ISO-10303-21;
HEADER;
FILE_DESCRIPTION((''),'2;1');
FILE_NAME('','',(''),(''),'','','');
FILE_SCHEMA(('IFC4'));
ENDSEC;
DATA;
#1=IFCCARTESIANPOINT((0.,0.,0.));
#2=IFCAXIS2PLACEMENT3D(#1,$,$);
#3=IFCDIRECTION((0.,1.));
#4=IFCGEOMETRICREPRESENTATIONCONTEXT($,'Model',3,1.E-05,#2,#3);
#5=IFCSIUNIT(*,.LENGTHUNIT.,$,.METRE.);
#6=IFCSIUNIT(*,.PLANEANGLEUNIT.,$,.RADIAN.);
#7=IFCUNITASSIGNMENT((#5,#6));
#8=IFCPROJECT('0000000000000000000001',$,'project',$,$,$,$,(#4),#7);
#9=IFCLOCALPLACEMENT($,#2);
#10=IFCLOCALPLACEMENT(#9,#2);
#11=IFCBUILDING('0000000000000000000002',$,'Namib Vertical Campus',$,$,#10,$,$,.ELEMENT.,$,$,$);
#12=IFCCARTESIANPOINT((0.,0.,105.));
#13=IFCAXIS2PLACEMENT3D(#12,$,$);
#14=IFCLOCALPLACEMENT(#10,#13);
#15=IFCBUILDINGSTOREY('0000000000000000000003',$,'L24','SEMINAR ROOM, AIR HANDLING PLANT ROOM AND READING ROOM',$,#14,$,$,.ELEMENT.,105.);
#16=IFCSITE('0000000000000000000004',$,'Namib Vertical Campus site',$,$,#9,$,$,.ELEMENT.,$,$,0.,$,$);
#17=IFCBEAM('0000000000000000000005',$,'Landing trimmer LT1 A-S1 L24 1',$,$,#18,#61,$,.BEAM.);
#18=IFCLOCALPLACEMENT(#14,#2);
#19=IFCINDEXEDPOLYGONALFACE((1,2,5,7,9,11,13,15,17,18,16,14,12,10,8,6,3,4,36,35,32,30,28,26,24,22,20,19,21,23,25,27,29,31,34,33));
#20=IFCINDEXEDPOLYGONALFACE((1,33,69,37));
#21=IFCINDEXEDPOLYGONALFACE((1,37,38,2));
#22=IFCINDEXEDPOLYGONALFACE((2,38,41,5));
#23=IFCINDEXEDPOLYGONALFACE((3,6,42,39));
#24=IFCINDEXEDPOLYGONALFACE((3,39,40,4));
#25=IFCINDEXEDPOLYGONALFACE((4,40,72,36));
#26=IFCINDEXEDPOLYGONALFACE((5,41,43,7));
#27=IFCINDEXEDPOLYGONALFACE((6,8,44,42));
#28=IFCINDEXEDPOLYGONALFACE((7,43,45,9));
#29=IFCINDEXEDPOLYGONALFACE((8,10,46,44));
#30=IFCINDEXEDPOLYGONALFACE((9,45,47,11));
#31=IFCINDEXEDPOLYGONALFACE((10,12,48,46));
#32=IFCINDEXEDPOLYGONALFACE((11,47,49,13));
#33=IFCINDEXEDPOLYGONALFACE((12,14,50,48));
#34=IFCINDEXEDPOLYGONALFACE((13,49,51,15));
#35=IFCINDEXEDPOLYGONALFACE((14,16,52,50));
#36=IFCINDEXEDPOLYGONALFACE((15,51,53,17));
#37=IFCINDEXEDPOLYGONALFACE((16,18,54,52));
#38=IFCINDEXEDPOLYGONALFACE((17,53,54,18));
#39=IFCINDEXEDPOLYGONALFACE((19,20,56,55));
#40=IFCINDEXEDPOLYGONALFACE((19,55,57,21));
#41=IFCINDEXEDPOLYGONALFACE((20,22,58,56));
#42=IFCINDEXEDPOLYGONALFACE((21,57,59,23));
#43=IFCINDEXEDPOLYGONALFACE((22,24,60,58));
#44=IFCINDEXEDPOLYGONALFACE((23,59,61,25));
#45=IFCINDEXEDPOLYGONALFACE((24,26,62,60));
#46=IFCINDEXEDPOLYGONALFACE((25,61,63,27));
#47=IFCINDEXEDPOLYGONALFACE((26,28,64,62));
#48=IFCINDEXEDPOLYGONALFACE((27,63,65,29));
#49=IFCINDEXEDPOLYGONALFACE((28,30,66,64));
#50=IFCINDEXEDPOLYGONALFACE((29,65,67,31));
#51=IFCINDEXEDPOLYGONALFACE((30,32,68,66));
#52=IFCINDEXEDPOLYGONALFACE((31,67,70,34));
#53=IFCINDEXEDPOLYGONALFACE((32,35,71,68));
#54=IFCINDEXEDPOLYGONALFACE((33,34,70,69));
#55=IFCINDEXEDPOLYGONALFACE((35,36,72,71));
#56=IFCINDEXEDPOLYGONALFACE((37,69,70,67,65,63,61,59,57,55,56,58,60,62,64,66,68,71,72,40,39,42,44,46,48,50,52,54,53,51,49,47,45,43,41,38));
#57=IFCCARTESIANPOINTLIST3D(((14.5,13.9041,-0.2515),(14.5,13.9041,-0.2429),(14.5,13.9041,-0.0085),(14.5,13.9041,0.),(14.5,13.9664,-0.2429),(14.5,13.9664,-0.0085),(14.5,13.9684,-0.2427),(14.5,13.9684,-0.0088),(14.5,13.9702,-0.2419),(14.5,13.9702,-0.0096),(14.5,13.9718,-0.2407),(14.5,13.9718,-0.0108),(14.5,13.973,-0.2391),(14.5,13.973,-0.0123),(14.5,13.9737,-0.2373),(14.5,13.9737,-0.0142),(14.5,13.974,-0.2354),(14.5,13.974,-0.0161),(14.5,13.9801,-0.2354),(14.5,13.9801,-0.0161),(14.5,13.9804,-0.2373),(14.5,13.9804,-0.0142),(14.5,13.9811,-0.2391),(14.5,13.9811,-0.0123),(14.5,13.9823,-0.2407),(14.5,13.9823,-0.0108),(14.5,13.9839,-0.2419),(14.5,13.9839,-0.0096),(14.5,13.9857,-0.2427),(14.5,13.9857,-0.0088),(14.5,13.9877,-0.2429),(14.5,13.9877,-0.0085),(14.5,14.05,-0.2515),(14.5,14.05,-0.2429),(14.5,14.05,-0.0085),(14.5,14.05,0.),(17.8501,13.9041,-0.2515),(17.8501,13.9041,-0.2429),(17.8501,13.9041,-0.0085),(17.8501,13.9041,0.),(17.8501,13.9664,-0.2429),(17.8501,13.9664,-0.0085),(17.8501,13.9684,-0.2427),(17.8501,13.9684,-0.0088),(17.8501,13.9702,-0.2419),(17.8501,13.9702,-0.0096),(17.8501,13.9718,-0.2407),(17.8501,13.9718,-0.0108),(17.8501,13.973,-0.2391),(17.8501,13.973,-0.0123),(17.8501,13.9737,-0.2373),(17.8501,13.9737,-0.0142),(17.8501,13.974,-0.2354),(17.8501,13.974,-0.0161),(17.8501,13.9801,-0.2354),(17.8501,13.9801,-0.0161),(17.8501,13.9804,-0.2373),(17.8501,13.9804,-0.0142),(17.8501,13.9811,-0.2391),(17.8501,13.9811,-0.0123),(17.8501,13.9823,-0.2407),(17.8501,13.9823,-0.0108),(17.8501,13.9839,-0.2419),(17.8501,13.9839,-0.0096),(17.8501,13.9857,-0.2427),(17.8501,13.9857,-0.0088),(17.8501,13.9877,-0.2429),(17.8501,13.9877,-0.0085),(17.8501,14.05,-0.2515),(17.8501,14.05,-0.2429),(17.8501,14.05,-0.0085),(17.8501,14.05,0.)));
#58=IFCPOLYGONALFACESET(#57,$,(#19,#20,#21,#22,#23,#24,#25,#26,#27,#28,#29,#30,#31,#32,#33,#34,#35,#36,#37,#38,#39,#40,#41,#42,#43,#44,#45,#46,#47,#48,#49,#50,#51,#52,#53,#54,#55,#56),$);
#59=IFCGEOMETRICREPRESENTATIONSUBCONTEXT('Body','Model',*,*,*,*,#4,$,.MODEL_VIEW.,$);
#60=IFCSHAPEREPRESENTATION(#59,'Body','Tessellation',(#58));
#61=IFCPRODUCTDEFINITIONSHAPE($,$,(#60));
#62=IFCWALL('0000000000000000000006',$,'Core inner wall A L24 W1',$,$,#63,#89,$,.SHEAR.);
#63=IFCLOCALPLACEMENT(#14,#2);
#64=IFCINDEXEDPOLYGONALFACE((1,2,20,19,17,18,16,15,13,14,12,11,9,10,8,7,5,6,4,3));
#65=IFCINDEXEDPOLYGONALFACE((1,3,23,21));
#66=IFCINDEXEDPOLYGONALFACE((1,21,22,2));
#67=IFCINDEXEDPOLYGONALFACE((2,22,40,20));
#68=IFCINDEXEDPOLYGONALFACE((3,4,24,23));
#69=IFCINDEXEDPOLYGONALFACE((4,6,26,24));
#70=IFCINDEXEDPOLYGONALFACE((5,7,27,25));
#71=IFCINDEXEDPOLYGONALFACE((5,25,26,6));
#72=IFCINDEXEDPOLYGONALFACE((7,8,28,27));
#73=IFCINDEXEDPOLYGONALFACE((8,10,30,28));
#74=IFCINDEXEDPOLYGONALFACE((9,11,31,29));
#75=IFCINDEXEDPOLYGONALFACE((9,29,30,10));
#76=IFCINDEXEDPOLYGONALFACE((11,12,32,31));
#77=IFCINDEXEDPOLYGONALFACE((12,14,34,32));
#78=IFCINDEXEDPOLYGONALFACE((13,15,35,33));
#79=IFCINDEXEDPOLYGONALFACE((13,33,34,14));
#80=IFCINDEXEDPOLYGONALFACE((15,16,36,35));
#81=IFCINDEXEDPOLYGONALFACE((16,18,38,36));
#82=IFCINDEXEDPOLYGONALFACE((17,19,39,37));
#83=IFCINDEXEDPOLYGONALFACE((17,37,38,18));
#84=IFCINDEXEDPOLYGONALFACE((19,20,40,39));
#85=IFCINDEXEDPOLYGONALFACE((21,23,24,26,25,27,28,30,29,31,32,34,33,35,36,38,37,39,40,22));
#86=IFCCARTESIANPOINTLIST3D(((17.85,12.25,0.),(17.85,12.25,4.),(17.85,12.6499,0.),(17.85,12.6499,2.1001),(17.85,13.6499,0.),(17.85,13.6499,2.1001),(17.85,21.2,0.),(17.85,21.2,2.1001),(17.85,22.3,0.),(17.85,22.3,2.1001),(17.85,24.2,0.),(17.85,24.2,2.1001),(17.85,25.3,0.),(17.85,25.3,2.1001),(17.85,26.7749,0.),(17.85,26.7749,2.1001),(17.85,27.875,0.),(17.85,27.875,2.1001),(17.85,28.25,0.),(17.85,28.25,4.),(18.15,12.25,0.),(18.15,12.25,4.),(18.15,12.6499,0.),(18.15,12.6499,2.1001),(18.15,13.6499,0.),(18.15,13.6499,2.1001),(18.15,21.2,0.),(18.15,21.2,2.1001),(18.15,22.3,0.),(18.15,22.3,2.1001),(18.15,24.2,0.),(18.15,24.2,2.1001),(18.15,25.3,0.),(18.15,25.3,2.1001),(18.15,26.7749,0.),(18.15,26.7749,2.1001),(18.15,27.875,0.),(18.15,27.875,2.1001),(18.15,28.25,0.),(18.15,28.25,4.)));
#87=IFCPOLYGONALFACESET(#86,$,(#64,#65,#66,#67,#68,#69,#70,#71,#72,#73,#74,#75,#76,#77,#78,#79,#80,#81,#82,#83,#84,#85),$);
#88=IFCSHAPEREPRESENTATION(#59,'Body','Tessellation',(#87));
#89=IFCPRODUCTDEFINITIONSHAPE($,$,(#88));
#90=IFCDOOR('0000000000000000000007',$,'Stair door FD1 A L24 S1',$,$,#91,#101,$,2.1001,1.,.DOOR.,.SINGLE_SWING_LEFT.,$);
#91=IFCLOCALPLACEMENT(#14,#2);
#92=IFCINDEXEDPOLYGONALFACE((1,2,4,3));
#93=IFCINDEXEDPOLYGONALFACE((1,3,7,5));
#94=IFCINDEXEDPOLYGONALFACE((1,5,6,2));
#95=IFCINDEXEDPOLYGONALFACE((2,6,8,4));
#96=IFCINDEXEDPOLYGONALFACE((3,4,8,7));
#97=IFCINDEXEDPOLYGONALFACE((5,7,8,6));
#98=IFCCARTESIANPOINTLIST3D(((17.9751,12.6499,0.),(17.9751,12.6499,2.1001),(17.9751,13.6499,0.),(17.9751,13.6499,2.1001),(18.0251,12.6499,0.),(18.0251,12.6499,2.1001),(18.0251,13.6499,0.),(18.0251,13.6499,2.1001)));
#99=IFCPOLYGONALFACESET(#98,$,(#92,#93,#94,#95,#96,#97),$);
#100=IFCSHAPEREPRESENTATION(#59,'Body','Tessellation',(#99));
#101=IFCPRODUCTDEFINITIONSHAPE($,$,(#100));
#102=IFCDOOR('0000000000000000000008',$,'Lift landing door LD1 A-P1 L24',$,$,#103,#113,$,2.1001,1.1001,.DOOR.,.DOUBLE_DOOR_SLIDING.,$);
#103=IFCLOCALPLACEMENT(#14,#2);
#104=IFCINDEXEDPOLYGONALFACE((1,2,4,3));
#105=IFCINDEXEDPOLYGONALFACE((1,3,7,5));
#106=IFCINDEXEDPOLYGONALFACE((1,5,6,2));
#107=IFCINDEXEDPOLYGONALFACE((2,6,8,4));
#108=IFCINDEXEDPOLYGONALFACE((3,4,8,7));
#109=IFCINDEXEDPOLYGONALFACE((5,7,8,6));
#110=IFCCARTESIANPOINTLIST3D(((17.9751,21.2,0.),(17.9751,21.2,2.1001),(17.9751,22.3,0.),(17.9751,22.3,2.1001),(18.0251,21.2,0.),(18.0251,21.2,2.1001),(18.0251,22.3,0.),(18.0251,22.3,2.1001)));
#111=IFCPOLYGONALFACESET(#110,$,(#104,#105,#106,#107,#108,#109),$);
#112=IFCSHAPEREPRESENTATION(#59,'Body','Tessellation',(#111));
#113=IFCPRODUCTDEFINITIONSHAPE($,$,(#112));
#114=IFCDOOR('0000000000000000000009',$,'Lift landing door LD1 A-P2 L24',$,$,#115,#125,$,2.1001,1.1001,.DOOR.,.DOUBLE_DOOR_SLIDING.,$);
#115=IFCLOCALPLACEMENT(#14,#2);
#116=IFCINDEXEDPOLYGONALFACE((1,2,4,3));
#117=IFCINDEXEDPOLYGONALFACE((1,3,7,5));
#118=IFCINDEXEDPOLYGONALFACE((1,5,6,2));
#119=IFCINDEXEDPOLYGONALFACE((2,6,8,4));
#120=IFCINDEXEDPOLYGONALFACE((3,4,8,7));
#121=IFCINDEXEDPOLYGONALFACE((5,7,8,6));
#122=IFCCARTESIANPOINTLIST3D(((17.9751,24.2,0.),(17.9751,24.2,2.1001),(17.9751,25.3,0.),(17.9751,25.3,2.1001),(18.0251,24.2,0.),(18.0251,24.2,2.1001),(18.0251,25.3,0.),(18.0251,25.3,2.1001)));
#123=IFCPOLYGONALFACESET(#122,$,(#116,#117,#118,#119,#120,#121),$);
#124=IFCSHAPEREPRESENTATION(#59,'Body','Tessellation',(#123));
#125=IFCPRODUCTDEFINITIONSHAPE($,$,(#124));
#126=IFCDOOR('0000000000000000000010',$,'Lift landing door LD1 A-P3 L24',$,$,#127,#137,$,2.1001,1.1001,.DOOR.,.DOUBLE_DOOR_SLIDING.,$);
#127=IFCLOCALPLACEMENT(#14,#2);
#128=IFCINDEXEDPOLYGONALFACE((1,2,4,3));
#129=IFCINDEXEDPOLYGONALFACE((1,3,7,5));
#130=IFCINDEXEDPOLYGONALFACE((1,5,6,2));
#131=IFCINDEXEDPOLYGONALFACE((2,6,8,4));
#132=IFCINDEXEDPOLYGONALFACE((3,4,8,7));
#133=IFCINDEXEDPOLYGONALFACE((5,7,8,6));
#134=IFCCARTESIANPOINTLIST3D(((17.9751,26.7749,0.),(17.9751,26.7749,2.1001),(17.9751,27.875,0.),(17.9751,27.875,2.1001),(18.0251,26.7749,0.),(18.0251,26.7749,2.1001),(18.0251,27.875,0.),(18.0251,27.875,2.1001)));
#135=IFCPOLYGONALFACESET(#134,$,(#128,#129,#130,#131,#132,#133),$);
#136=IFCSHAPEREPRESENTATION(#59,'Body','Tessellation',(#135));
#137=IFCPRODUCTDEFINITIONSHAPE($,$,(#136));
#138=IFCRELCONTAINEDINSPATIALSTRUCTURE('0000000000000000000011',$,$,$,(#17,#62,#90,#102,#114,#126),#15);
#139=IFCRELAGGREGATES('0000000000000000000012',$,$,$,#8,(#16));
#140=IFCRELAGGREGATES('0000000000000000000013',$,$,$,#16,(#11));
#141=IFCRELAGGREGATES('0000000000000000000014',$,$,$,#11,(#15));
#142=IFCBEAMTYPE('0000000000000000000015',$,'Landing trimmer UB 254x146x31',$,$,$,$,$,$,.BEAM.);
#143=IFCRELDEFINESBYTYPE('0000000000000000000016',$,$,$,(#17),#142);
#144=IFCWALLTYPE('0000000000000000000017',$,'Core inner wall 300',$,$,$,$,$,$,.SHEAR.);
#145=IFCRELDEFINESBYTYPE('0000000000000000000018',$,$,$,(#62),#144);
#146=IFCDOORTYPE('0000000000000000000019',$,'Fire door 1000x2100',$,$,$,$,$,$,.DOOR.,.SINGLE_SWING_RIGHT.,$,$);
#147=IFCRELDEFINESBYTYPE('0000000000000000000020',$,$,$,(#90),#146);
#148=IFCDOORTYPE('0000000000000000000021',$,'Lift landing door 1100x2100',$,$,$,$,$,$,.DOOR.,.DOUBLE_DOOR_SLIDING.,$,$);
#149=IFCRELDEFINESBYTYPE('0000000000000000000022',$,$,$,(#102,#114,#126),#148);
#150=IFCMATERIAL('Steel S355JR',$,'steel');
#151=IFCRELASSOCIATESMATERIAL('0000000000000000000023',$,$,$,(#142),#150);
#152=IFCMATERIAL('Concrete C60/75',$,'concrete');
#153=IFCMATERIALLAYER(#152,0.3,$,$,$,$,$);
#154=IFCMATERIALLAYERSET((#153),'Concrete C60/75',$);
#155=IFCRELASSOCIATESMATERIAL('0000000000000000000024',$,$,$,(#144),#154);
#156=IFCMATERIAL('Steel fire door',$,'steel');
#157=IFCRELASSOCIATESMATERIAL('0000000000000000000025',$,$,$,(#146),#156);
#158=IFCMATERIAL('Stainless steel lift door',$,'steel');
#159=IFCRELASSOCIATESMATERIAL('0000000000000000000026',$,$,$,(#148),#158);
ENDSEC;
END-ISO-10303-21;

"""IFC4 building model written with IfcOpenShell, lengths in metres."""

from ifc_helpers import new_model, si_unit, direction, frame, frame_2d, origin, origin_2d, place, context, subcontext, project, spatial, rectangle, i_section, extrude, material, layer, layer_set, material_profile, profile_set, type_object, element, fill, save


model = new_model("IFC4")

# Units and contexts
model_context = context("Model", 3, precision=1e-05, world=origin(), true_north=direction((0.0, 1.0)))
body_context = subcontext(model_context, "Body", "Model", "MODEL_VIEW")
ifc_project = project(units=[si_unit("LENGTHUNIT", "METRE"), si_unit("PLANEANGLEUNIT", "RADIAN")], contexts=[model_context])

# Site, building, storey
site_placement = place(None, origin())
site = spatial("IfcSite", under=ifc_project, at=site_placement, Name="Namib Vertical Campus site", CompositionType="ELEMENT", RefElevation=0.0)
building_placement = place(site_placement, origin())
building = spatial("IfcBuilding", under=site, at=building_placement, Name="Namib Vertical Campus", CompositionType="ELEMENT")
storey_placement = place(building_placement, frame((0.0, 0.0, 105.0)))
storey = spatial("IfcBuildingStorey", under=building, at=storey_placement, Name="L24", Description="SEMINAR ROOM, AIR HANDLING PLANT ROOM AND READING ROOM", CompositionType="ELEMENT", Elevation=105.0)

# Beam
ifc_material_1 = material(Name="Steel S355JR", Category="steel")
ifc_material_profile = material_profile(ifc_material_1, i_section(OverallWidth=0.146, OverallDepth=0.2515, WebThickness=0.0061, FlangeThickness=0.0085, FilletRadius=0.0076, at=origin_2d()))
ifc_profile_set = profile_set([ifc_material_profile], Name="Steel S355JR")
beam_type = type_object("IfcBeamType", Name="Landing trimmer UB 254x146x31", PredefinedType="BEAM", material=ifc_profile_set)
beam_placement = place(storey_placement, frame((14.5, 13.9771, -0.1257), z_axis=(1.0, 0.0, 0.0), x_axis=(0.0, 1.0, 0.0)))
element("IfcBeam", 1, at=beam_placement, inside=storey, type_object=beam_type, Name="Landing trimmer LT1 A-S1 L24 1", PredefinedType="BEAM", context=body_context, shape_type="SweptSolid", body=[
    extrude(i_section(OverallWidth=0.146, OverallDepth=0.2515, WebThickness=0.0061, FlangeThickness=0.0085, FilletRadius=0.0076, at=origin_2d()), origin(), (0.0, 0.0, 1.0), 3.3501),
])

# Wall, openings, doors
ifc_material_2 = material(Name="Concrete C60/75", Category="concrete")
ifc_layer_1 = layer(ifc_material_2, 0.3)
ifc_layer_set_1 = layer_set([ifc_layer_1], Name="Concrete C60/75")
wall_type_1 = type_object("IfcWallType", Name="Core inner wall 300", PredefinedType="SHEAR", material=ifc_layer_set_1)
wall_1_placement = place(storey_placement, frame((18.0, 12.25, 0.0), z_axis=(0.0, 0.0, 1.0), x_axis=(0.0, 1.0, 0.0)))
wall_1 = element("IfcWall", 2, at=wall_1_placement, inside=storey, type_object=wall_type_1, Name="Core inner wall A L24 W1", PredefinedType="SHEAR", context=body_context, shape_type="SweptSolid", body=[
    extrude(rectangle(XDim=16.0, YDim=0.3, at=frame_2d((8.0, 0.0))), origin(), (0.0, 0.0, 1.0), 4.0),
])
opening_1_placement = place(wall_1_placement, frame((0.3999, 0.0, 0.0)))
opening_1 = element("IfcOpeningElement", 3, at=opening_1_placement, cuts=wall_1, PredefinedType="OPENING", context=body_context, shape_type="SweptSolid", body=[
    extrude(rectangle(XDim=1.0, YDim=2.1001, at=frame_2d((0.5, 1.05))), frame((0.0, 0.1599, 0.0), z_axis=(0.0, -1.0, 0.0), x_axis=(1.0, 0.0, 0.0)), (0.0, 0.0, 1.0), 0.3201),
])
opening_2_placement = place(wall_1_placement, frame((8.95, 0.0, 0.0)))
opening_2 = element("IfcOpeningElement", 4, at=opening_2_placement, cuts=wall_1, PredefinedType="OPENING", context=body_context, shape_type="SweptSolid", body=[
    extrude(rectangle(XDim=1.1001, YDim=2.1001, at=frame_2d((0.55, 1.05))), frame((0.0, 0.1599, 0.0), z_axis=(0.0, -1.0, 0.0), x_axis=(1.0, 0.0, 0.0)), (0.0, 0.0, 1.0), 0.3201),
])
opening_3_placement = place(wall_1_placement, frame((11.95, 0.0, 0.0)))
opening_3 = element("IfcOpeningElement", 5, at=opening_3_placement, cuts=wall_1, PredefinedType="OPENING", context=body_context, shape_type="SweptSolid", body=[
    extrude(rectangle(XDim=1.1001, YDim=2.1001, at=frame_2d((0.55, 1.05))), frame((0.0, 0.1599, 0.0), z_axis=(0.0, -1.0, 0.0), x_axis=(1.0, 0.0, 0.0)), (0.0, 0.0, 1.0), 0.3201),
])
opening_4_placement = place(wall_1_placement, frame((14.5249, 0.0, 0.0)))
opening_4 = element("IfcOpeningElement", 6, at=opening_4_placement, cuts=wall_1, PredefinedType="OPENING", context=body_context, shape_type="SweptSolid", body=[
    extrude(rectangle(XDim=1.1001, YDim=2.1001, at=frame_2d((0.55, 1.05))), frame((0.0, 0.1599, 0.0), z_axis=(0.0, -1.0, 0.0), x_axis=(1.0, 0.0, 0.0)), (0.0, 0.0, 1.0), 0.3201),
])
ifc_material_3 = material(Name="Steel fire door", Category="steel")
door_type_1 = type_object("IfcDoorType", Name="Fire door 1000x2100", OperationType="SINGLE_SWING_RIGHT", PredefinedType="DOOR", material=ifc_material_3)
door_1_placement = place(opening_1_placement, origin())
door_1 = element("IfcDoor", 7, at=door_1_placement, inside=storey, type_object=door_type_1, Name="Stair door FD1 A L24 S1", OperationType="SINGLE_SWING_LEFT", OverallHeight=2.1001, OverallWidth=1.0, PredefinedType="DOOR", context=body_context, shape_type="SweptSolid", body=[
    extrude(rectangle(XDim=1.0, YDim=2.1001, at=frame_2d((0.5, 1.05))), frame((0.0, 0.0249, 0.0), z_axis=(0.0, -1.0, 0.0), x_axis=(1.0, 0.0, 0.0)), (0.0, 0.0, 1.0), 0.05),
])
fill(opening_1, door_1)
ifc_material_4 = material(Name="Stainless steel lift door", Category="steel")
door_type_2 = type_object("IfcDoorType", Name="Lift landing door 1100x2100", OperationType="DOUBLE_DOOR_SLIDING", PredefinedType="DOOR", material=ifc_material_4)
door_2_placement = place(opening_2_placement, origin())
door_2 = element("IfcDoor", 8, at=door_2_placement, inside=storey, type_object=door_type_2, Name="Lift landing door LD1 A-P1 L24", OperationType="DOUBLE_DOOR_SLIDING", OverallHeight=2.1001, OverallWidth=1.1001, PredefinedType="DOOR", context=body_context, shape_type="SweptSolid", body=[
    extrude(rectangle(XDim=1.1001, YDim=2.1001, at=frame_2d((0.55, 1.05))), frame((0.0, 0.0249, 0.0), z_axis=(0.0, -1.0, 0.0), x_axis=(1.0, 0.0, 0.0)), (0.0, 0.0, 1.0), 0.05),
])
fill(opening_2, door_2)
door_3_placement = place(opening_3_placement, origin())
door_3 = element("IfcDoor", 9, at=door_3_placement, inside=storey, type_object=door_type_2, Name="Lift landing door LD1 A-P2 L24", OperationType="DOUBLE_DOOR_SLIDING", OverallHeight=2.1001, OverallWidth=1.1001, PredefinedType="DOOR", context=body_context, shape_type="SweptSolid", body=[
    extrude(rectangle(XDim=1.1001, YDim=2.1001, at=frame_2d((0.55, 1.05))), frame((0.0, 0.0249, 0.0), z_axis=(0.0, -1.0, 0.0), x_axis=(1.0, 0.0, 0.0)), (0.0, 0.0, 1.0), 0.05),
])
fill(opening_3, door_3)
door_4_placement = place(opening_4_placement, origin())
door_4 = element("IfcDoor", 10, at=door_4_placement, inside=storey, type_object=door_type_2, Name="Lift landing door LD1 A-P3 L24", OperationType="DOUBLE_DOOR_SLIDING", OverallHeight=2.1001, OverallWidth=1.1001, PredefinedType="DOOR", context=body_context, shape_type="SweptSolid", body=[
    extrude(rectangle(XDim=1.1001, YDim=2.1001, at=frame_2d((0.55, 1.05))), frame((0.0, 0.0249, 0.0), z_axis=(0.0, -1.0, 0.0), x_axis=(1.0, 0.0, 0.0)), (0.0, 0.0, 1.0), 0.05),
])
fill(opening_4, door_4)

save(model, "model.ifc")
